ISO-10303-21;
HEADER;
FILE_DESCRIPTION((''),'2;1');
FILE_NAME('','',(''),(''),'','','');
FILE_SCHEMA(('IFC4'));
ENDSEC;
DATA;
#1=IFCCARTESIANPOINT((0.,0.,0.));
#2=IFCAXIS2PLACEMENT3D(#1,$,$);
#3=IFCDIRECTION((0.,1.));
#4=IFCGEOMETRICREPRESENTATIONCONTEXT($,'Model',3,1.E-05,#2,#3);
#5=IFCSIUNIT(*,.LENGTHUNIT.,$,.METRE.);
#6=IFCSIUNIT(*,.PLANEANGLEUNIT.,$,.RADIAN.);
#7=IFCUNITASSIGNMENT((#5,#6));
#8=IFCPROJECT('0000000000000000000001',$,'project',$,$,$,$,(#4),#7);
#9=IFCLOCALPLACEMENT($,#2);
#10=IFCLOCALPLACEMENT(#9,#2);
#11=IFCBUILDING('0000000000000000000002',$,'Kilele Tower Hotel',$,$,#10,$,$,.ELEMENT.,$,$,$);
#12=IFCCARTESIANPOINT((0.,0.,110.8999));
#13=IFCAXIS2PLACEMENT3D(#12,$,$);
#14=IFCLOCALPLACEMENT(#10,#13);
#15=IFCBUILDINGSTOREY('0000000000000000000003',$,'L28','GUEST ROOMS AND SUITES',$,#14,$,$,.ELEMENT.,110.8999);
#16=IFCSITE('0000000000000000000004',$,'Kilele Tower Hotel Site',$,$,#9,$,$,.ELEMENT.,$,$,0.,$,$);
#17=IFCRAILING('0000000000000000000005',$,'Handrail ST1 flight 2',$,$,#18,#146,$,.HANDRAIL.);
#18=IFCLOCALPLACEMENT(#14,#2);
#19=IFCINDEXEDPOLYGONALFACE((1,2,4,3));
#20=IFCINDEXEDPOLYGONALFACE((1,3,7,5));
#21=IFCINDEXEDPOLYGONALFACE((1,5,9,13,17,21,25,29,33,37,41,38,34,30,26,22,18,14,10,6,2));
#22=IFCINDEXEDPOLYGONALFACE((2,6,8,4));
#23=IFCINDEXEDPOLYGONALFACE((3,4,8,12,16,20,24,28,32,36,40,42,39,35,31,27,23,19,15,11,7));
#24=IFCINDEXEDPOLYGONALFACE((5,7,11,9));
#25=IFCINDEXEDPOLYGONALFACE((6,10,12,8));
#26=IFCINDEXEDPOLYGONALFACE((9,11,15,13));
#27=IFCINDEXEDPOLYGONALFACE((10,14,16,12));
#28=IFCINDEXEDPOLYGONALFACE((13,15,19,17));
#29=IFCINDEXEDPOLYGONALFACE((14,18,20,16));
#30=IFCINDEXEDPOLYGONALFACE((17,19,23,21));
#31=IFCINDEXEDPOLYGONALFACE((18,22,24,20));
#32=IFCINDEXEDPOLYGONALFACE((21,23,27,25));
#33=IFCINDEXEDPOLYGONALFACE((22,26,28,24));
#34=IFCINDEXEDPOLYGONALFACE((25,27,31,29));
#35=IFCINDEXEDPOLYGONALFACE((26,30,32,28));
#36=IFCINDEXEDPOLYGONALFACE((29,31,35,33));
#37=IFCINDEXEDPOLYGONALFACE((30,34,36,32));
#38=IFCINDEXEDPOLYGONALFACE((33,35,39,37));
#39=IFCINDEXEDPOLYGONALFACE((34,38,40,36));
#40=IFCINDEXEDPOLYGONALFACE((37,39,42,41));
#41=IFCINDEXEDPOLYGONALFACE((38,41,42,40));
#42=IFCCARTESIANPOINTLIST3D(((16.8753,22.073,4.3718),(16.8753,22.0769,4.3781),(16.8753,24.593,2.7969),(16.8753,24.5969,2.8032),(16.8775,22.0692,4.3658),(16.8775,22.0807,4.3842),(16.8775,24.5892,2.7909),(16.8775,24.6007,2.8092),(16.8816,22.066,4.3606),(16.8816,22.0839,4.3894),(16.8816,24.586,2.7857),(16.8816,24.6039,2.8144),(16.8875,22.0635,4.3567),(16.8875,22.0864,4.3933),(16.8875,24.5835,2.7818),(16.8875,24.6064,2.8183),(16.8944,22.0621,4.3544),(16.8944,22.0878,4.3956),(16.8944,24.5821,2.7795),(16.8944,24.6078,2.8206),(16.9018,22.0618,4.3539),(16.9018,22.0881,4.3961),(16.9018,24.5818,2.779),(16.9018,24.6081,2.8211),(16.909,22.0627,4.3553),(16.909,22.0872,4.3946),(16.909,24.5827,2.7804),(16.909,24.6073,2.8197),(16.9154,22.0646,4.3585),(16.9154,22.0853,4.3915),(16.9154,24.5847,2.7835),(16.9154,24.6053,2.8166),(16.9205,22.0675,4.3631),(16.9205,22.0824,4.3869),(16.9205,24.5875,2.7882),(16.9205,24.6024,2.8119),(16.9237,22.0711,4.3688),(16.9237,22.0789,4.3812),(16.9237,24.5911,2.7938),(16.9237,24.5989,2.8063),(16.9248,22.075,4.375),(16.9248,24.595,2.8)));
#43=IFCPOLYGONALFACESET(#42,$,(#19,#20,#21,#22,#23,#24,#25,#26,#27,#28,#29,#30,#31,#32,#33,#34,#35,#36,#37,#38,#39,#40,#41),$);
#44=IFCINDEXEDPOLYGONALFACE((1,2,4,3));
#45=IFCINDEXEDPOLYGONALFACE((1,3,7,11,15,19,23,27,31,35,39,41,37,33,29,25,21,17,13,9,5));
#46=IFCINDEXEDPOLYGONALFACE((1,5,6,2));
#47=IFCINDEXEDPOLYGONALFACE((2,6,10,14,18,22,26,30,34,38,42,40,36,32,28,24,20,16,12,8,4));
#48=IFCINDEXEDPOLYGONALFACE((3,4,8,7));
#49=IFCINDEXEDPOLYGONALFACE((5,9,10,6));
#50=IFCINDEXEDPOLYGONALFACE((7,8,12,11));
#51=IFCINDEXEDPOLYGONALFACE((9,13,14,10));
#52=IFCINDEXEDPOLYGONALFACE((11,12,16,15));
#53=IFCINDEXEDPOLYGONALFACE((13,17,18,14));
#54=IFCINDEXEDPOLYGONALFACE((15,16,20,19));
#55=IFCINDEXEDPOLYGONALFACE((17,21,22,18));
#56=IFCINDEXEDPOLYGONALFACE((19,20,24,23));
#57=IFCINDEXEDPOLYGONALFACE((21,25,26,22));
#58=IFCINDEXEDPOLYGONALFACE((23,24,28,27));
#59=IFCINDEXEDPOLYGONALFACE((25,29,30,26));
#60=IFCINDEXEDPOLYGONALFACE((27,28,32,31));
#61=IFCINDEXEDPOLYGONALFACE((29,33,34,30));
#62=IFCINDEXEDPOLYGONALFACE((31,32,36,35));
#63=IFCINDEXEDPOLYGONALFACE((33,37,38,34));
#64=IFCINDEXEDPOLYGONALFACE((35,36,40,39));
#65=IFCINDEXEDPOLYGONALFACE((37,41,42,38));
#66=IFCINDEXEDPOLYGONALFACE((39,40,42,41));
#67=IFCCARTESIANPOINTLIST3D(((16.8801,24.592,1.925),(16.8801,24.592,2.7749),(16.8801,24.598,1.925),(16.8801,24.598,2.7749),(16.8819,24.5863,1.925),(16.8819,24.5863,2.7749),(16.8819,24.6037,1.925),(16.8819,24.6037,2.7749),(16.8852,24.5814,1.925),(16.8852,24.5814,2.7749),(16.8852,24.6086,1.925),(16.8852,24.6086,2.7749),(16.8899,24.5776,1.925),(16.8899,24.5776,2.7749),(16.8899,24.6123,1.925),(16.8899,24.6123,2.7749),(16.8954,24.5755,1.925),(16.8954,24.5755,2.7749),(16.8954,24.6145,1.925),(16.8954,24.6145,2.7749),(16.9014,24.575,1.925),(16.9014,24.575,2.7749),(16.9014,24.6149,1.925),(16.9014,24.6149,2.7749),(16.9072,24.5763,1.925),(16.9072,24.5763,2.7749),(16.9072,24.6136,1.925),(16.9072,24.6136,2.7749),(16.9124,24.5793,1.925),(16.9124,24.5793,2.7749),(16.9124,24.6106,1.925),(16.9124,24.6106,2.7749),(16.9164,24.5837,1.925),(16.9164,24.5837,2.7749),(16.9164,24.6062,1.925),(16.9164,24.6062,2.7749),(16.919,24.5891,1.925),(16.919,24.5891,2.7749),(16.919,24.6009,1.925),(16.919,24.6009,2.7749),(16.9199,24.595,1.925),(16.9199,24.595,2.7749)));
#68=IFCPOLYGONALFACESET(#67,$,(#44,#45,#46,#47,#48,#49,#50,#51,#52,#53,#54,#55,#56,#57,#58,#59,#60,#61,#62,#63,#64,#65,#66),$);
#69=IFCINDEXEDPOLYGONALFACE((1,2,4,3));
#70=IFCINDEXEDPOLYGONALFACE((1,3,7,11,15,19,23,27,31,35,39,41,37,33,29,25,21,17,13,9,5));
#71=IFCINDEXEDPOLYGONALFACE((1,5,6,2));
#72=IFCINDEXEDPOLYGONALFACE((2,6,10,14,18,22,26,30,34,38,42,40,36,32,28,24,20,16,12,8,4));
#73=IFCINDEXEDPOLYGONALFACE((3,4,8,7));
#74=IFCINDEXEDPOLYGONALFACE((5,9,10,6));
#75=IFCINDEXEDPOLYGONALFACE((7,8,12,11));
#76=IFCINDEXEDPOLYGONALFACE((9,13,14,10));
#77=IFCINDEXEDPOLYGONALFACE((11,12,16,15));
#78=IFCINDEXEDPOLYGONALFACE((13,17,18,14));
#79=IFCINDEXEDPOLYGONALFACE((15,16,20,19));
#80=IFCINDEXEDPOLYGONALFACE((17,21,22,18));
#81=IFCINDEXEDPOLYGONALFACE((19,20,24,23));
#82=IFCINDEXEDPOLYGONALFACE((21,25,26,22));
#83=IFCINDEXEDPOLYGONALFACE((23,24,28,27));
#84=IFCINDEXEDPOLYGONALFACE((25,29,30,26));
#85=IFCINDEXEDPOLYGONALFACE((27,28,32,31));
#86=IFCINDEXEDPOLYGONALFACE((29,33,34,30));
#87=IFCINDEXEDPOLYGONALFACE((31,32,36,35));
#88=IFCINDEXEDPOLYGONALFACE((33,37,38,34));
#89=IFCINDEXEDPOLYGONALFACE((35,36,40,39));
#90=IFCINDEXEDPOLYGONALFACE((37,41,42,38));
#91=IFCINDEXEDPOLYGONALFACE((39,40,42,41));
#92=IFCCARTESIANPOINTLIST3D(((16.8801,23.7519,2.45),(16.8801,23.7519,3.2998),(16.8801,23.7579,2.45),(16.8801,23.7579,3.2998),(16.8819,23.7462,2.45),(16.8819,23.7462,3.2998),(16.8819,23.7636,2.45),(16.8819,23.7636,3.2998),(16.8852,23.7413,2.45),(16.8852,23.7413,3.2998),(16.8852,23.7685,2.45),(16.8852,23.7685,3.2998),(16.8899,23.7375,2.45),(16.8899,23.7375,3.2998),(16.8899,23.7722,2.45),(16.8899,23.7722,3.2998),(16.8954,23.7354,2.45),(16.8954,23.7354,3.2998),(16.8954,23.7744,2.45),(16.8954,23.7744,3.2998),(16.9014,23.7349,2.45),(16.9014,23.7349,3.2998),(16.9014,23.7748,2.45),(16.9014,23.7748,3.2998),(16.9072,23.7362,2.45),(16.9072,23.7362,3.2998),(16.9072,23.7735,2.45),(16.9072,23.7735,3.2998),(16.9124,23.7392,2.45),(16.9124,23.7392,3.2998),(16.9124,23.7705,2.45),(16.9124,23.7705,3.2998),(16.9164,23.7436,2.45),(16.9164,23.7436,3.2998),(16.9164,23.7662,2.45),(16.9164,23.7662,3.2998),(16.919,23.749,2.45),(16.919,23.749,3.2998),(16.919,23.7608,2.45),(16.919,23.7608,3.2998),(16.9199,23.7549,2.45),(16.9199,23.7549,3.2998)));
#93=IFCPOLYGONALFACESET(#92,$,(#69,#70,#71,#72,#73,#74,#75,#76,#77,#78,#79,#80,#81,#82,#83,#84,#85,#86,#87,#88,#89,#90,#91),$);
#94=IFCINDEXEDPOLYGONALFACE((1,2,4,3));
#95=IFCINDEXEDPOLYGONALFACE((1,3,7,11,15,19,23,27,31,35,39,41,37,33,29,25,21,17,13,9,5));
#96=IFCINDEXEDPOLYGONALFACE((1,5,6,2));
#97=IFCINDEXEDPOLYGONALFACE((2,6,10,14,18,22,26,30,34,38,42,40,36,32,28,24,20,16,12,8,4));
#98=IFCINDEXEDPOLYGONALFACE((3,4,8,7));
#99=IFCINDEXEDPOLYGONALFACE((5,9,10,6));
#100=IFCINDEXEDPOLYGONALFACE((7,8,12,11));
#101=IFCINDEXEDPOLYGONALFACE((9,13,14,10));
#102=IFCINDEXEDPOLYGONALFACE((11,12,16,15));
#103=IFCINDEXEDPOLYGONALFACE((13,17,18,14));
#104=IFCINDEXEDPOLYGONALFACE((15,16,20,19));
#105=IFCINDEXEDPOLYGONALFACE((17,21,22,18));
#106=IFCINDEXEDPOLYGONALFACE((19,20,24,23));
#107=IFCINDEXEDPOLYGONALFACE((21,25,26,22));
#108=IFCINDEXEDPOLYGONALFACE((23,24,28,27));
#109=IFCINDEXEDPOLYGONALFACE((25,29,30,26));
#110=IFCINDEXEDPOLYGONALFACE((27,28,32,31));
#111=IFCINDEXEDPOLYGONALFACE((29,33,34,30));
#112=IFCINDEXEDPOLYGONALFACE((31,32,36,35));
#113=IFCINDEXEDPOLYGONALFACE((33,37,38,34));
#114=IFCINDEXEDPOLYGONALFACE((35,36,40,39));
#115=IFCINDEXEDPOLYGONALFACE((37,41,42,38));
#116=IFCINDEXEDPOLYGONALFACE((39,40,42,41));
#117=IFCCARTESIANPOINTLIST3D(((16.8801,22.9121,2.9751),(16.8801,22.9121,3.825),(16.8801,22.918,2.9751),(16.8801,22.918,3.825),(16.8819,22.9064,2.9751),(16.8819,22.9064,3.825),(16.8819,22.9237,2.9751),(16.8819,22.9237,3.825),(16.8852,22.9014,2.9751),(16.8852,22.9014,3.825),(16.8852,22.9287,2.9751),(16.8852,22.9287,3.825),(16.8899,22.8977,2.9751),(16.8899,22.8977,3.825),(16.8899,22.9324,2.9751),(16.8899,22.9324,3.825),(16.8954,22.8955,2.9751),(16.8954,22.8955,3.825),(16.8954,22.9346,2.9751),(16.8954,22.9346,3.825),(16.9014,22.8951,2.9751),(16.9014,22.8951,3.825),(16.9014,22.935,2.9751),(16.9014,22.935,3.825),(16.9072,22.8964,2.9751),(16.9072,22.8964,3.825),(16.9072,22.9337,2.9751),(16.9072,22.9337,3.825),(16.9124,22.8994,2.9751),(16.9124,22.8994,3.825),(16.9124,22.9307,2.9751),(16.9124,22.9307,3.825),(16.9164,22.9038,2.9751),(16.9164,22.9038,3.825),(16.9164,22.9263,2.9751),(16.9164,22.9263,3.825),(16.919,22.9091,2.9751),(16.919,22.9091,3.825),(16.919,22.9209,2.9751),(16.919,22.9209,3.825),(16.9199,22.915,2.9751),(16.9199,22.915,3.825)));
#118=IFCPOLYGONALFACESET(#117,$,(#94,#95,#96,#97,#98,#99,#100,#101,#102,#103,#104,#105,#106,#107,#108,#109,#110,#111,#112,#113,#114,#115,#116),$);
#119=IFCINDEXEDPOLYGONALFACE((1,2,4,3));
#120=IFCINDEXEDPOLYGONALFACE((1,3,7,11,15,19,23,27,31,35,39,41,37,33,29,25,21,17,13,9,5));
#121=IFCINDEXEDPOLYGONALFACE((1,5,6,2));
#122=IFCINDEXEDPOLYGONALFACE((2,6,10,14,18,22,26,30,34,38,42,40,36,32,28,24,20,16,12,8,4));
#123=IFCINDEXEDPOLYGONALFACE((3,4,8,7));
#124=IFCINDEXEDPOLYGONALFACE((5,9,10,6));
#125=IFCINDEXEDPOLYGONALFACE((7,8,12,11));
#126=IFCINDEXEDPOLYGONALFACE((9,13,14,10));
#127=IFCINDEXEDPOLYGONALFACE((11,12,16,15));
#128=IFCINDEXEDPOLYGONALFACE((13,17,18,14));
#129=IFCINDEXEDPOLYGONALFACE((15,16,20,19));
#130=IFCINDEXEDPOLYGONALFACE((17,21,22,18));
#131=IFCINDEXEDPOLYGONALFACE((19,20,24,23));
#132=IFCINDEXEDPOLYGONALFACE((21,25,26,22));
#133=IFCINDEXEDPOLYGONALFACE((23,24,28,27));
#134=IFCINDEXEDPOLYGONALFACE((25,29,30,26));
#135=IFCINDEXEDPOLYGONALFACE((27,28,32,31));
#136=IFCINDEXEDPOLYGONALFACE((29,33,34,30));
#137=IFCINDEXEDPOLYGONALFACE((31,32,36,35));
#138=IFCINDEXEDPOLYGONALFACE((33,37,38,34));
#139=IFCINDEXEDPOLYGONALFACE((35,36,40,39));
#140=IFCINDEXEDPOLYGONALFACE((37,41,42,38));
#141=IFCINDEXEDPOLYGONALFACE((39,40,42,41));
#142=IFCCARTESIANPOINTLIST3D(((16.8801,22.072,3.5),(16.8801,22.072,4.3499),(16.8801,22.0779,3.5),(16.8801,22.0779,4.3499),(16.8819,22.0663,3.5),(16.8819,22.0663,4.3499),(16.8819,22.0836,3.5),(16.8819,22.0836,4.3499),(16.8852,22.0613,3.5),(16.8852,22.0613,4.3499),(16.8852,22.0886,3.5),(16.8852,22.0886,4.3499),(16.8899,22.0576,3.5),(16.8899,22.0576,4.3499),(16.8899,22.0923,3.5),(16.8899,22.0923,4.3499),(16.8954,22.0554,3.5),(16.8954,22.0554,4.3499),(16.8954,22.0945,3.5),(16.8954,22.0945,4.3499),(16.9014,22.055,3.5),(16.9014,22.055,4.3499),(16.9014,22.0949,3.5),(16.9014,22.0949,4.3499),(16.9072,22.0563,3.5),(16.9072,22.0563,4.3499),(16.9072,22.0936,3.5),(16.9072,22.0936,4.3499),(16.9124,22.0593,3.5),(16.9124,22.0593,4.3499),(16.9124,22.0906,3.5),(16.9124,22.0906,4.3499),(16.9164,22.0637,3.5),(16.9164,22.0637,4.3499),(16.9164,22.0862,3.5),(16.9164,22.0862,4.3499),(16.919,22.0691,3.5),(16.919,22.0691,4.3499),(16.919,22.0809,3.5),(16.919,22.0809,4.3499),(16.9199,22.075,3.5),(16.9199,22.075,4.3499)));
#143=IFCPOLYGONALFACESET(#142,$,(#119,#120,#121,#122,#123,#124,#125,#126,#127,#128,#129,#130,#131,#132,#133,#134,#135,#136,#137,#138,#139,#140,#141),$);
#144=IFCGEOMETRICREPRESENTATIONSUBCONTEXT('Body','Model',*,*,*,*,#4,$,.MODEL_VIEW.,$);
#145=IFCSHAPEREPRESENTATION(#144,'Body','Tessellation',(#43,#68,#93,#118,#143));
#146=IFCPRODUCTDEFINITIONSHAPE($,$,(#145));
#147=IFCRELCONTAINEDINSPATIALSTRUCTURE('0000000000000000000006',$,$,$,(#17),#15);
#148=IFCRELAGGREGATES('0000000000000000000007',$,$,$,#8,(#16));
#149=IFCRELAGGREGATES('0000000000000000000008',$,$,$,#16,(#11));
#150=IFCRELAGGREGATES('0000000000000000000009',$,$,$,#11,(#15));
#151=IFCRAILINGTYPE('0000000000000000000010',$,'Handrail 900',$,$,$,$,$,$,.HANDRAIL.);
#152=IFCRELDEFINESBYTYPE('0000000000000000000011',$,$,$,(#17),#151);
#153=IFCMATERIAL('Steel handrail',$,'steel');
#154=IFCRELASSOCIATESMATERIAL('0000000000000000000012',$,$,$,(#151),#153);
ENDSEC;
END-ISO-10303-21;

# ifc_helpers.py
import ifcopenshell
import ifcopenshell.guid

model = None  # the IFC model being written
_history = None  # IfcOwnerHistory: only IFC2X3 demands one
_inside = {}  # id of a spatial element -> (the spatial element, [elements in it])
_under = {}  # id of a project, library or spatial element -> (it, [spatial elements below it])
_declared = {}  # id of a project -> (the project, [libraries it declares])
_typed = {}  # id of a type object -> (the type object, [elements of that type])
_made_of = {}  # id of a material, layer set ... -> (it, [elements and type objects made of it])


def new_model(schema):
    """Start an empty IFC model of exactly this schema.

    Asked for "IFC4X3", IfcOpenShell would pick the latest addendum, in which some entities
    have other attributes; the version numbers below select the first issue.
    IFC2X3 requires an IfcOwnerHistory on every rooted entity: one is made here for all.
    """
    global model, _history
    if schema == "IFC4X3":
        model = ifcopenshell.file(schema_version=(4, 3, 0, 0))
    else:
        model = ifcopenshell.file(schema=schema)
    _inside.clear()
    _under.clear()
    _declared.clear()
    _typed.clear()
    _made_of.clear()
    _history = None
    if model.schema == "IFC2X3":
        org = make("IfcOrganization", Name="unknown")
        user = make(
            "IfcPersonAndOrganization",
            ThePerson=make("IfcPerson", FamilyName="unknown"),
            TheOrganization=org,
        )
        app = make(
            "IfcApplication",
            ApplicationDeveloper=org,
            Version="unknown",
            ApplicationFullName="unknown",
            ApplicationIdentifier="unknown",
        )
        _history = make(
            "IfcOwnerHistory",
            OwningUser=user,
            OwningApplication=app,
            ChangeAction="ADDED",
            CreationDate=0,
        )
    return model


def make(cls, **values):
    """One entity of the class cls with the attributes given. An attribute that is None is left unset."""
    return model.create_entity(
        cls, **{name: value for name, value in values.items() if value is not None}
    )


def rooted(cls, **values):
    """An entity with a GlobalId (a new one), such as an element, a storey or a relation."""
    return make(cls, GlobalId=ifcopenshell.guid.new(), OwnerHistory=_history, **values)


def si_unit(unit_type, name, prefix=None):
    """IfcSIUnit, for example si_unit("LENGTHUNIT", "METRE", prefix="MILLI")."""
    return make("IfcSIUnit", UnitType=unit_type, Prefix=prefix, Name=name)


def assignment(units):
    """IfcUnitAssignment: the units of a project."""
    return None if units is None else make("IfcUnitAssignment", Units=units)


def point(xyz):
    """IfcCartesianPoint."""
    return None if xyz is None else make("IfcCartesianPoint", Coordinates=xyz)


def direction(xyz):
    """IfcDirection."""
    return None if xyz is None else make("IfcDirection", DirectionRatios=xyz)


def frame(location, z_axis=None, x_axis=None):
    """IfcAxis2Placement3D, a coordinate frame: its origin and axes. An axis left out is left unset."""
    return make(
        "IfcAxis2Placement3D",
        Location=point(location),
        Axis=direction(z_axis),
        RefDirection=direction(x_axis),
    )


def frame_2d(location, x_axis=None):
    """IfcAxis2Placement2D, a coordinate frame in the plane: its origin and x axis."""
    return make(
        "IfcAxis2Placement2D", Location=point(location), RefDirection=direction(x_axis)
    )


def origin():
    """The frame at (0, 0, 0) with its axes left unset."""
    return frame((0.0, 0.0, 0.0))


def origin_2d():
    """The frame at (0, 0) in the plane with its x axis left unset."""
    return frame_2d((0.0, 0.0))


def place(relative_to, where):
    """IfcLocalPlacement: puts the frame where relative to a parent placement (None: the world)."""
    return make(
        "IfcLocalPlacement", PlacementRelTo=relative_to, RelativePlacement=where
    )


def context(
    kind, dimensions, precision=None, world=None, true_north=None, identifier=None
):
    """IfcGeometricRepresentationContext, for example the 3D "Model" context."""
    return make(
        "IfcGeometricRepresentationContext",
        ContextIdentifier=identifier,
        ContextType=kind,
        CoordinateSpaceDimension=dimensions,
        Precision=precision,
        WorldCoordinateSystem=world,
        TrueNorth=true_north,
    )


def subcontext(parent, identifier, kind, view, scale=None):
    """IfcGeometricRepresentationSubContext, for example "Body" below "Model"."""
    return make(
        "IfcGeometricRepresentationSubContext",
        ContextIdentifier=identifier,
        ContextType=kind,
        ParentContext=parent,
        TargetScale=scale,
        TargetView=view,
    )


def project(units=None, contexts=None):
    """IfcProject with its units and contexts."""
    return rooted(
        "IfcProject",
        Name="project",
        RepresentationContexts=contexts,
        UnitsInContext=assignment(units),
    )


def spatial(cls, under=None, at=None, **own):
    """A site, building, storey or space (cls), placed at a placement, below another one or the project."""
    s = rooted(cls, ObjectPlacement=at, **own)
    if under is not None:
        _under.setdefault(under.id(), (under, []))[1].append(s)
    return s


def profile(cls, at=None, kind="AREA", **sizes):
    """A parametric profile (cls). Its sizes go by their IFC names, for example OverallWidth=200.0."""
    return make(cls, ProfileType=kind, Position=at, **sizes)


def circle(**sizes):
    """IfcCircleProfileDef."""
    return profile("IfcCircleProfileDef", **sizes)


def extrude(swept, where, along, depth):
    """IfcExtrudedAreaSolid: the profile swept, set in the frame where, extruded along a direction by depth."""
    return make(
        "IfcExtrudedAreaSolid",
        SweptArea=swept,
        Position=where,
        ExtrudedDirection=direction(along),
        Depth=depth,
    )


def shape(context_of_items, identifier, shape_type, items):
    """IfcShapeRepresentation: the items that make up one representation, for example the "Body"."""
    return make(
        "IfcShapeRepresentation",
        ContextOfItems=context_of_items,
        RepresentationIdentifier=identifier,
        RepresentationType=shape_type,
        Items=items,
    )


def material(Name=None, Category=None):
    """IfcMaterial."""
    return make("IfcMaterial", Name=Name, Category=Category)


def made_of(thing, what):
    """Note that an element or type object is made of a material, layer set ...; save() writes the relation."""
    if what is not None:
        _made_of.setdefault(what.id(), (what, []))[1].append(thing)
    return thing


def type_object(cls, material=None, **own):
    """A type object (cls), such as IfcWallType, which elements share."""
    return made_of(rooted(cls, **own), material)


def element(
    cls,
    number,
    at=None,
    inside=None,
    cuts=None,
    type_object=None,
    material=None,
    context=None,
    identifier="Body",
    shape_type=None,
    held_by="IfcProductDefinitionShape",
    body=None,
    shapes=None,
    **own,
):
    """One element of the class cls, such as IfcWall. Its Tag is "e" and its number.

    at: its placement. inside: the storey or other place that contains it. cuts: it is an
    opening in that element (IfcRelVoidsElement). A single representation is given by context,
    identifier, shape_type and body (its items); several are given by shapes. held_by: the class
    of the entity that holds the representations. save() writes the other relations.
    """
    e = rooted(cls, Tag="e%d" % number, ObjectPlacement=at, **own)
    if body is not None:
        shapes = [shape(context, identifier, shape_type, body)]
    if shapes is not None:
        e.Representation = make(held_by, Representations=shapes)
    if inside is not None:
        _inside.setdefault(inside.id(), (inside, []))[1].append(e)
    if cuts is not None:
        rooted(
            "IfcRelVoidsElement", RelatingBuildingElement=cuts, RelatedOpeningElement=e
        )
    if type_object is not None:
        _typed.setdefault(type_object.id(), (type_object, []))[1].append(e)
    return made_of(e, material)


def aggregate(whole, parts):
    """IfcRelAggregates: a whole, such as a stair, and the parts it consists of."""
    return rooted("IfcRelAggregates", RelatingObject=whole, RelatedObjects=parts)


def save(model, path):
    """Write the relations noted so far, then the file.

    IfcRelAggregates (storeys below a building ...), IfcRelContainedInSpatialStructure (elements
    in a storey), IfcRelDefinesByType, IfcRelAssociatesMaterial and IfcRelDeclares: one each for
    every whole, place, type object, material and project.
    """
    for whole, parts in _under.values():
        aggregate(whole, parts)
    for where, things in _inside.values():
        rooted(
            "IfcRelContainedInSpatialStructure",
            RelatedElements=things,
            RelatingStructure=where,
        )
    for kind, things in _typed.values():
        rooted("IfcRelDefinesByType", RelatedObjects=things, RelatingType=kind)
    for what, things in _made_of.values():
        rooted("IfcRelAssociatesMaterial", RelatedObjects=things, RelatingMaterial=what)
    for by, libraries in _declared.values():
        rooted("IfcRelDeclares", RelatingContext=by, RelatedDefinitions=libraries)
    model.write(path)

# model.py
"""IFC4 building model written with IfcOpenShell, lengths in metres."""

from ifc_helpers import new_model, si_unit, direction, frame, origin, origin_2d, place, context, subcontext, project, spatial, circle, extrude, material, type_object, element, save


model = new_model("IFC4")

# Units and contexts
model_context = context("Model", 3, precision=1e-05, world=origin(), true_north=direction((0.0, 1.0)))
body_context = subcontext(model_context, "Body", "Model", "MODEL_VIEW")
ifc_project = project(units=[si_unit("LENGTHUNIT", "METRE"), si_unit("PLANEANGLEUNIT", "RADIAN")], contexts=[model_context])

# Site, building, storey
site_placement = place(None, origin())
site = spatial("IfcSite", under=ifc_project, at=site_placement, Name="Kilele Tower Hotel Site", CompositionType="ELEMENT", RefElevation=0.0)
building_placement = place(site_placement, origin())
building = spatial("IfcBuilding", under=site, at=building_placement, Name="Kilele Tower Hotel", CompositionType="ELEMENT")
storey_placement = place(building_placement, frame((0.0, 0.0, 110.8999)))
storey = spatial("IfcBuildingStorey", under=building, at=storey_placement, Name="L28", Description="GUEST ROOMS AND SUITES", CompositionType="ELEMENT", Elevation=110.8999)

# Railing
ifc_material_1 = material(Name="Steel handrail", Category="steel")
railing_type_1 = type_object("IfcRailingType", Name="Handrail 900", PredefinedType="HANDRAIL", material=ifc_material_1)
for number, where, name in (
    (1, (16.8999, 24.595, 1.925), "Handrail ST1 flight 2"),
):
    element("IfcRailing", number, at=place(storey_placement, frame(where)), inside=storey, type_object=railing_type_1, Name=name, PredefinedType="HANDRAIL", context=body_context, shape_type="SweptSolid", body=[
        extrude(circle(Radius=0.0249, at=origin_2d()), frame((0.0, 0.0, 0.875), z_axis=(0.0, -0.848008, 0.529984), x_axis=(1.0, 0.0, 0.0)), (0.0, 0.0, 1.0), 2.9717),
        extrude(circle(Radius=0.02, at=origin_2d()), origin(), (0.0, 0.0, 1.0), 0.8499),
        extrude(circle(Radius=0.02, at=origin_2d()), frame((0.0, -0.8401, 0.5249)), (0.0, 0.0, 1.0), 0.8499),
        extrude(circle(Radius=0.02, at=origin_2d()), frame((0.0, -1.6799, 1.05)), (0.0, 0.0, 1.0), 0.8499),
        extrude(circle(Radius=0.02, at=origin_2d()), frame((0.0, -2.52, 1.575)), (0.0, 0.0, 1.0), 0.8499),
    ])

save(model, "model.ifc")
